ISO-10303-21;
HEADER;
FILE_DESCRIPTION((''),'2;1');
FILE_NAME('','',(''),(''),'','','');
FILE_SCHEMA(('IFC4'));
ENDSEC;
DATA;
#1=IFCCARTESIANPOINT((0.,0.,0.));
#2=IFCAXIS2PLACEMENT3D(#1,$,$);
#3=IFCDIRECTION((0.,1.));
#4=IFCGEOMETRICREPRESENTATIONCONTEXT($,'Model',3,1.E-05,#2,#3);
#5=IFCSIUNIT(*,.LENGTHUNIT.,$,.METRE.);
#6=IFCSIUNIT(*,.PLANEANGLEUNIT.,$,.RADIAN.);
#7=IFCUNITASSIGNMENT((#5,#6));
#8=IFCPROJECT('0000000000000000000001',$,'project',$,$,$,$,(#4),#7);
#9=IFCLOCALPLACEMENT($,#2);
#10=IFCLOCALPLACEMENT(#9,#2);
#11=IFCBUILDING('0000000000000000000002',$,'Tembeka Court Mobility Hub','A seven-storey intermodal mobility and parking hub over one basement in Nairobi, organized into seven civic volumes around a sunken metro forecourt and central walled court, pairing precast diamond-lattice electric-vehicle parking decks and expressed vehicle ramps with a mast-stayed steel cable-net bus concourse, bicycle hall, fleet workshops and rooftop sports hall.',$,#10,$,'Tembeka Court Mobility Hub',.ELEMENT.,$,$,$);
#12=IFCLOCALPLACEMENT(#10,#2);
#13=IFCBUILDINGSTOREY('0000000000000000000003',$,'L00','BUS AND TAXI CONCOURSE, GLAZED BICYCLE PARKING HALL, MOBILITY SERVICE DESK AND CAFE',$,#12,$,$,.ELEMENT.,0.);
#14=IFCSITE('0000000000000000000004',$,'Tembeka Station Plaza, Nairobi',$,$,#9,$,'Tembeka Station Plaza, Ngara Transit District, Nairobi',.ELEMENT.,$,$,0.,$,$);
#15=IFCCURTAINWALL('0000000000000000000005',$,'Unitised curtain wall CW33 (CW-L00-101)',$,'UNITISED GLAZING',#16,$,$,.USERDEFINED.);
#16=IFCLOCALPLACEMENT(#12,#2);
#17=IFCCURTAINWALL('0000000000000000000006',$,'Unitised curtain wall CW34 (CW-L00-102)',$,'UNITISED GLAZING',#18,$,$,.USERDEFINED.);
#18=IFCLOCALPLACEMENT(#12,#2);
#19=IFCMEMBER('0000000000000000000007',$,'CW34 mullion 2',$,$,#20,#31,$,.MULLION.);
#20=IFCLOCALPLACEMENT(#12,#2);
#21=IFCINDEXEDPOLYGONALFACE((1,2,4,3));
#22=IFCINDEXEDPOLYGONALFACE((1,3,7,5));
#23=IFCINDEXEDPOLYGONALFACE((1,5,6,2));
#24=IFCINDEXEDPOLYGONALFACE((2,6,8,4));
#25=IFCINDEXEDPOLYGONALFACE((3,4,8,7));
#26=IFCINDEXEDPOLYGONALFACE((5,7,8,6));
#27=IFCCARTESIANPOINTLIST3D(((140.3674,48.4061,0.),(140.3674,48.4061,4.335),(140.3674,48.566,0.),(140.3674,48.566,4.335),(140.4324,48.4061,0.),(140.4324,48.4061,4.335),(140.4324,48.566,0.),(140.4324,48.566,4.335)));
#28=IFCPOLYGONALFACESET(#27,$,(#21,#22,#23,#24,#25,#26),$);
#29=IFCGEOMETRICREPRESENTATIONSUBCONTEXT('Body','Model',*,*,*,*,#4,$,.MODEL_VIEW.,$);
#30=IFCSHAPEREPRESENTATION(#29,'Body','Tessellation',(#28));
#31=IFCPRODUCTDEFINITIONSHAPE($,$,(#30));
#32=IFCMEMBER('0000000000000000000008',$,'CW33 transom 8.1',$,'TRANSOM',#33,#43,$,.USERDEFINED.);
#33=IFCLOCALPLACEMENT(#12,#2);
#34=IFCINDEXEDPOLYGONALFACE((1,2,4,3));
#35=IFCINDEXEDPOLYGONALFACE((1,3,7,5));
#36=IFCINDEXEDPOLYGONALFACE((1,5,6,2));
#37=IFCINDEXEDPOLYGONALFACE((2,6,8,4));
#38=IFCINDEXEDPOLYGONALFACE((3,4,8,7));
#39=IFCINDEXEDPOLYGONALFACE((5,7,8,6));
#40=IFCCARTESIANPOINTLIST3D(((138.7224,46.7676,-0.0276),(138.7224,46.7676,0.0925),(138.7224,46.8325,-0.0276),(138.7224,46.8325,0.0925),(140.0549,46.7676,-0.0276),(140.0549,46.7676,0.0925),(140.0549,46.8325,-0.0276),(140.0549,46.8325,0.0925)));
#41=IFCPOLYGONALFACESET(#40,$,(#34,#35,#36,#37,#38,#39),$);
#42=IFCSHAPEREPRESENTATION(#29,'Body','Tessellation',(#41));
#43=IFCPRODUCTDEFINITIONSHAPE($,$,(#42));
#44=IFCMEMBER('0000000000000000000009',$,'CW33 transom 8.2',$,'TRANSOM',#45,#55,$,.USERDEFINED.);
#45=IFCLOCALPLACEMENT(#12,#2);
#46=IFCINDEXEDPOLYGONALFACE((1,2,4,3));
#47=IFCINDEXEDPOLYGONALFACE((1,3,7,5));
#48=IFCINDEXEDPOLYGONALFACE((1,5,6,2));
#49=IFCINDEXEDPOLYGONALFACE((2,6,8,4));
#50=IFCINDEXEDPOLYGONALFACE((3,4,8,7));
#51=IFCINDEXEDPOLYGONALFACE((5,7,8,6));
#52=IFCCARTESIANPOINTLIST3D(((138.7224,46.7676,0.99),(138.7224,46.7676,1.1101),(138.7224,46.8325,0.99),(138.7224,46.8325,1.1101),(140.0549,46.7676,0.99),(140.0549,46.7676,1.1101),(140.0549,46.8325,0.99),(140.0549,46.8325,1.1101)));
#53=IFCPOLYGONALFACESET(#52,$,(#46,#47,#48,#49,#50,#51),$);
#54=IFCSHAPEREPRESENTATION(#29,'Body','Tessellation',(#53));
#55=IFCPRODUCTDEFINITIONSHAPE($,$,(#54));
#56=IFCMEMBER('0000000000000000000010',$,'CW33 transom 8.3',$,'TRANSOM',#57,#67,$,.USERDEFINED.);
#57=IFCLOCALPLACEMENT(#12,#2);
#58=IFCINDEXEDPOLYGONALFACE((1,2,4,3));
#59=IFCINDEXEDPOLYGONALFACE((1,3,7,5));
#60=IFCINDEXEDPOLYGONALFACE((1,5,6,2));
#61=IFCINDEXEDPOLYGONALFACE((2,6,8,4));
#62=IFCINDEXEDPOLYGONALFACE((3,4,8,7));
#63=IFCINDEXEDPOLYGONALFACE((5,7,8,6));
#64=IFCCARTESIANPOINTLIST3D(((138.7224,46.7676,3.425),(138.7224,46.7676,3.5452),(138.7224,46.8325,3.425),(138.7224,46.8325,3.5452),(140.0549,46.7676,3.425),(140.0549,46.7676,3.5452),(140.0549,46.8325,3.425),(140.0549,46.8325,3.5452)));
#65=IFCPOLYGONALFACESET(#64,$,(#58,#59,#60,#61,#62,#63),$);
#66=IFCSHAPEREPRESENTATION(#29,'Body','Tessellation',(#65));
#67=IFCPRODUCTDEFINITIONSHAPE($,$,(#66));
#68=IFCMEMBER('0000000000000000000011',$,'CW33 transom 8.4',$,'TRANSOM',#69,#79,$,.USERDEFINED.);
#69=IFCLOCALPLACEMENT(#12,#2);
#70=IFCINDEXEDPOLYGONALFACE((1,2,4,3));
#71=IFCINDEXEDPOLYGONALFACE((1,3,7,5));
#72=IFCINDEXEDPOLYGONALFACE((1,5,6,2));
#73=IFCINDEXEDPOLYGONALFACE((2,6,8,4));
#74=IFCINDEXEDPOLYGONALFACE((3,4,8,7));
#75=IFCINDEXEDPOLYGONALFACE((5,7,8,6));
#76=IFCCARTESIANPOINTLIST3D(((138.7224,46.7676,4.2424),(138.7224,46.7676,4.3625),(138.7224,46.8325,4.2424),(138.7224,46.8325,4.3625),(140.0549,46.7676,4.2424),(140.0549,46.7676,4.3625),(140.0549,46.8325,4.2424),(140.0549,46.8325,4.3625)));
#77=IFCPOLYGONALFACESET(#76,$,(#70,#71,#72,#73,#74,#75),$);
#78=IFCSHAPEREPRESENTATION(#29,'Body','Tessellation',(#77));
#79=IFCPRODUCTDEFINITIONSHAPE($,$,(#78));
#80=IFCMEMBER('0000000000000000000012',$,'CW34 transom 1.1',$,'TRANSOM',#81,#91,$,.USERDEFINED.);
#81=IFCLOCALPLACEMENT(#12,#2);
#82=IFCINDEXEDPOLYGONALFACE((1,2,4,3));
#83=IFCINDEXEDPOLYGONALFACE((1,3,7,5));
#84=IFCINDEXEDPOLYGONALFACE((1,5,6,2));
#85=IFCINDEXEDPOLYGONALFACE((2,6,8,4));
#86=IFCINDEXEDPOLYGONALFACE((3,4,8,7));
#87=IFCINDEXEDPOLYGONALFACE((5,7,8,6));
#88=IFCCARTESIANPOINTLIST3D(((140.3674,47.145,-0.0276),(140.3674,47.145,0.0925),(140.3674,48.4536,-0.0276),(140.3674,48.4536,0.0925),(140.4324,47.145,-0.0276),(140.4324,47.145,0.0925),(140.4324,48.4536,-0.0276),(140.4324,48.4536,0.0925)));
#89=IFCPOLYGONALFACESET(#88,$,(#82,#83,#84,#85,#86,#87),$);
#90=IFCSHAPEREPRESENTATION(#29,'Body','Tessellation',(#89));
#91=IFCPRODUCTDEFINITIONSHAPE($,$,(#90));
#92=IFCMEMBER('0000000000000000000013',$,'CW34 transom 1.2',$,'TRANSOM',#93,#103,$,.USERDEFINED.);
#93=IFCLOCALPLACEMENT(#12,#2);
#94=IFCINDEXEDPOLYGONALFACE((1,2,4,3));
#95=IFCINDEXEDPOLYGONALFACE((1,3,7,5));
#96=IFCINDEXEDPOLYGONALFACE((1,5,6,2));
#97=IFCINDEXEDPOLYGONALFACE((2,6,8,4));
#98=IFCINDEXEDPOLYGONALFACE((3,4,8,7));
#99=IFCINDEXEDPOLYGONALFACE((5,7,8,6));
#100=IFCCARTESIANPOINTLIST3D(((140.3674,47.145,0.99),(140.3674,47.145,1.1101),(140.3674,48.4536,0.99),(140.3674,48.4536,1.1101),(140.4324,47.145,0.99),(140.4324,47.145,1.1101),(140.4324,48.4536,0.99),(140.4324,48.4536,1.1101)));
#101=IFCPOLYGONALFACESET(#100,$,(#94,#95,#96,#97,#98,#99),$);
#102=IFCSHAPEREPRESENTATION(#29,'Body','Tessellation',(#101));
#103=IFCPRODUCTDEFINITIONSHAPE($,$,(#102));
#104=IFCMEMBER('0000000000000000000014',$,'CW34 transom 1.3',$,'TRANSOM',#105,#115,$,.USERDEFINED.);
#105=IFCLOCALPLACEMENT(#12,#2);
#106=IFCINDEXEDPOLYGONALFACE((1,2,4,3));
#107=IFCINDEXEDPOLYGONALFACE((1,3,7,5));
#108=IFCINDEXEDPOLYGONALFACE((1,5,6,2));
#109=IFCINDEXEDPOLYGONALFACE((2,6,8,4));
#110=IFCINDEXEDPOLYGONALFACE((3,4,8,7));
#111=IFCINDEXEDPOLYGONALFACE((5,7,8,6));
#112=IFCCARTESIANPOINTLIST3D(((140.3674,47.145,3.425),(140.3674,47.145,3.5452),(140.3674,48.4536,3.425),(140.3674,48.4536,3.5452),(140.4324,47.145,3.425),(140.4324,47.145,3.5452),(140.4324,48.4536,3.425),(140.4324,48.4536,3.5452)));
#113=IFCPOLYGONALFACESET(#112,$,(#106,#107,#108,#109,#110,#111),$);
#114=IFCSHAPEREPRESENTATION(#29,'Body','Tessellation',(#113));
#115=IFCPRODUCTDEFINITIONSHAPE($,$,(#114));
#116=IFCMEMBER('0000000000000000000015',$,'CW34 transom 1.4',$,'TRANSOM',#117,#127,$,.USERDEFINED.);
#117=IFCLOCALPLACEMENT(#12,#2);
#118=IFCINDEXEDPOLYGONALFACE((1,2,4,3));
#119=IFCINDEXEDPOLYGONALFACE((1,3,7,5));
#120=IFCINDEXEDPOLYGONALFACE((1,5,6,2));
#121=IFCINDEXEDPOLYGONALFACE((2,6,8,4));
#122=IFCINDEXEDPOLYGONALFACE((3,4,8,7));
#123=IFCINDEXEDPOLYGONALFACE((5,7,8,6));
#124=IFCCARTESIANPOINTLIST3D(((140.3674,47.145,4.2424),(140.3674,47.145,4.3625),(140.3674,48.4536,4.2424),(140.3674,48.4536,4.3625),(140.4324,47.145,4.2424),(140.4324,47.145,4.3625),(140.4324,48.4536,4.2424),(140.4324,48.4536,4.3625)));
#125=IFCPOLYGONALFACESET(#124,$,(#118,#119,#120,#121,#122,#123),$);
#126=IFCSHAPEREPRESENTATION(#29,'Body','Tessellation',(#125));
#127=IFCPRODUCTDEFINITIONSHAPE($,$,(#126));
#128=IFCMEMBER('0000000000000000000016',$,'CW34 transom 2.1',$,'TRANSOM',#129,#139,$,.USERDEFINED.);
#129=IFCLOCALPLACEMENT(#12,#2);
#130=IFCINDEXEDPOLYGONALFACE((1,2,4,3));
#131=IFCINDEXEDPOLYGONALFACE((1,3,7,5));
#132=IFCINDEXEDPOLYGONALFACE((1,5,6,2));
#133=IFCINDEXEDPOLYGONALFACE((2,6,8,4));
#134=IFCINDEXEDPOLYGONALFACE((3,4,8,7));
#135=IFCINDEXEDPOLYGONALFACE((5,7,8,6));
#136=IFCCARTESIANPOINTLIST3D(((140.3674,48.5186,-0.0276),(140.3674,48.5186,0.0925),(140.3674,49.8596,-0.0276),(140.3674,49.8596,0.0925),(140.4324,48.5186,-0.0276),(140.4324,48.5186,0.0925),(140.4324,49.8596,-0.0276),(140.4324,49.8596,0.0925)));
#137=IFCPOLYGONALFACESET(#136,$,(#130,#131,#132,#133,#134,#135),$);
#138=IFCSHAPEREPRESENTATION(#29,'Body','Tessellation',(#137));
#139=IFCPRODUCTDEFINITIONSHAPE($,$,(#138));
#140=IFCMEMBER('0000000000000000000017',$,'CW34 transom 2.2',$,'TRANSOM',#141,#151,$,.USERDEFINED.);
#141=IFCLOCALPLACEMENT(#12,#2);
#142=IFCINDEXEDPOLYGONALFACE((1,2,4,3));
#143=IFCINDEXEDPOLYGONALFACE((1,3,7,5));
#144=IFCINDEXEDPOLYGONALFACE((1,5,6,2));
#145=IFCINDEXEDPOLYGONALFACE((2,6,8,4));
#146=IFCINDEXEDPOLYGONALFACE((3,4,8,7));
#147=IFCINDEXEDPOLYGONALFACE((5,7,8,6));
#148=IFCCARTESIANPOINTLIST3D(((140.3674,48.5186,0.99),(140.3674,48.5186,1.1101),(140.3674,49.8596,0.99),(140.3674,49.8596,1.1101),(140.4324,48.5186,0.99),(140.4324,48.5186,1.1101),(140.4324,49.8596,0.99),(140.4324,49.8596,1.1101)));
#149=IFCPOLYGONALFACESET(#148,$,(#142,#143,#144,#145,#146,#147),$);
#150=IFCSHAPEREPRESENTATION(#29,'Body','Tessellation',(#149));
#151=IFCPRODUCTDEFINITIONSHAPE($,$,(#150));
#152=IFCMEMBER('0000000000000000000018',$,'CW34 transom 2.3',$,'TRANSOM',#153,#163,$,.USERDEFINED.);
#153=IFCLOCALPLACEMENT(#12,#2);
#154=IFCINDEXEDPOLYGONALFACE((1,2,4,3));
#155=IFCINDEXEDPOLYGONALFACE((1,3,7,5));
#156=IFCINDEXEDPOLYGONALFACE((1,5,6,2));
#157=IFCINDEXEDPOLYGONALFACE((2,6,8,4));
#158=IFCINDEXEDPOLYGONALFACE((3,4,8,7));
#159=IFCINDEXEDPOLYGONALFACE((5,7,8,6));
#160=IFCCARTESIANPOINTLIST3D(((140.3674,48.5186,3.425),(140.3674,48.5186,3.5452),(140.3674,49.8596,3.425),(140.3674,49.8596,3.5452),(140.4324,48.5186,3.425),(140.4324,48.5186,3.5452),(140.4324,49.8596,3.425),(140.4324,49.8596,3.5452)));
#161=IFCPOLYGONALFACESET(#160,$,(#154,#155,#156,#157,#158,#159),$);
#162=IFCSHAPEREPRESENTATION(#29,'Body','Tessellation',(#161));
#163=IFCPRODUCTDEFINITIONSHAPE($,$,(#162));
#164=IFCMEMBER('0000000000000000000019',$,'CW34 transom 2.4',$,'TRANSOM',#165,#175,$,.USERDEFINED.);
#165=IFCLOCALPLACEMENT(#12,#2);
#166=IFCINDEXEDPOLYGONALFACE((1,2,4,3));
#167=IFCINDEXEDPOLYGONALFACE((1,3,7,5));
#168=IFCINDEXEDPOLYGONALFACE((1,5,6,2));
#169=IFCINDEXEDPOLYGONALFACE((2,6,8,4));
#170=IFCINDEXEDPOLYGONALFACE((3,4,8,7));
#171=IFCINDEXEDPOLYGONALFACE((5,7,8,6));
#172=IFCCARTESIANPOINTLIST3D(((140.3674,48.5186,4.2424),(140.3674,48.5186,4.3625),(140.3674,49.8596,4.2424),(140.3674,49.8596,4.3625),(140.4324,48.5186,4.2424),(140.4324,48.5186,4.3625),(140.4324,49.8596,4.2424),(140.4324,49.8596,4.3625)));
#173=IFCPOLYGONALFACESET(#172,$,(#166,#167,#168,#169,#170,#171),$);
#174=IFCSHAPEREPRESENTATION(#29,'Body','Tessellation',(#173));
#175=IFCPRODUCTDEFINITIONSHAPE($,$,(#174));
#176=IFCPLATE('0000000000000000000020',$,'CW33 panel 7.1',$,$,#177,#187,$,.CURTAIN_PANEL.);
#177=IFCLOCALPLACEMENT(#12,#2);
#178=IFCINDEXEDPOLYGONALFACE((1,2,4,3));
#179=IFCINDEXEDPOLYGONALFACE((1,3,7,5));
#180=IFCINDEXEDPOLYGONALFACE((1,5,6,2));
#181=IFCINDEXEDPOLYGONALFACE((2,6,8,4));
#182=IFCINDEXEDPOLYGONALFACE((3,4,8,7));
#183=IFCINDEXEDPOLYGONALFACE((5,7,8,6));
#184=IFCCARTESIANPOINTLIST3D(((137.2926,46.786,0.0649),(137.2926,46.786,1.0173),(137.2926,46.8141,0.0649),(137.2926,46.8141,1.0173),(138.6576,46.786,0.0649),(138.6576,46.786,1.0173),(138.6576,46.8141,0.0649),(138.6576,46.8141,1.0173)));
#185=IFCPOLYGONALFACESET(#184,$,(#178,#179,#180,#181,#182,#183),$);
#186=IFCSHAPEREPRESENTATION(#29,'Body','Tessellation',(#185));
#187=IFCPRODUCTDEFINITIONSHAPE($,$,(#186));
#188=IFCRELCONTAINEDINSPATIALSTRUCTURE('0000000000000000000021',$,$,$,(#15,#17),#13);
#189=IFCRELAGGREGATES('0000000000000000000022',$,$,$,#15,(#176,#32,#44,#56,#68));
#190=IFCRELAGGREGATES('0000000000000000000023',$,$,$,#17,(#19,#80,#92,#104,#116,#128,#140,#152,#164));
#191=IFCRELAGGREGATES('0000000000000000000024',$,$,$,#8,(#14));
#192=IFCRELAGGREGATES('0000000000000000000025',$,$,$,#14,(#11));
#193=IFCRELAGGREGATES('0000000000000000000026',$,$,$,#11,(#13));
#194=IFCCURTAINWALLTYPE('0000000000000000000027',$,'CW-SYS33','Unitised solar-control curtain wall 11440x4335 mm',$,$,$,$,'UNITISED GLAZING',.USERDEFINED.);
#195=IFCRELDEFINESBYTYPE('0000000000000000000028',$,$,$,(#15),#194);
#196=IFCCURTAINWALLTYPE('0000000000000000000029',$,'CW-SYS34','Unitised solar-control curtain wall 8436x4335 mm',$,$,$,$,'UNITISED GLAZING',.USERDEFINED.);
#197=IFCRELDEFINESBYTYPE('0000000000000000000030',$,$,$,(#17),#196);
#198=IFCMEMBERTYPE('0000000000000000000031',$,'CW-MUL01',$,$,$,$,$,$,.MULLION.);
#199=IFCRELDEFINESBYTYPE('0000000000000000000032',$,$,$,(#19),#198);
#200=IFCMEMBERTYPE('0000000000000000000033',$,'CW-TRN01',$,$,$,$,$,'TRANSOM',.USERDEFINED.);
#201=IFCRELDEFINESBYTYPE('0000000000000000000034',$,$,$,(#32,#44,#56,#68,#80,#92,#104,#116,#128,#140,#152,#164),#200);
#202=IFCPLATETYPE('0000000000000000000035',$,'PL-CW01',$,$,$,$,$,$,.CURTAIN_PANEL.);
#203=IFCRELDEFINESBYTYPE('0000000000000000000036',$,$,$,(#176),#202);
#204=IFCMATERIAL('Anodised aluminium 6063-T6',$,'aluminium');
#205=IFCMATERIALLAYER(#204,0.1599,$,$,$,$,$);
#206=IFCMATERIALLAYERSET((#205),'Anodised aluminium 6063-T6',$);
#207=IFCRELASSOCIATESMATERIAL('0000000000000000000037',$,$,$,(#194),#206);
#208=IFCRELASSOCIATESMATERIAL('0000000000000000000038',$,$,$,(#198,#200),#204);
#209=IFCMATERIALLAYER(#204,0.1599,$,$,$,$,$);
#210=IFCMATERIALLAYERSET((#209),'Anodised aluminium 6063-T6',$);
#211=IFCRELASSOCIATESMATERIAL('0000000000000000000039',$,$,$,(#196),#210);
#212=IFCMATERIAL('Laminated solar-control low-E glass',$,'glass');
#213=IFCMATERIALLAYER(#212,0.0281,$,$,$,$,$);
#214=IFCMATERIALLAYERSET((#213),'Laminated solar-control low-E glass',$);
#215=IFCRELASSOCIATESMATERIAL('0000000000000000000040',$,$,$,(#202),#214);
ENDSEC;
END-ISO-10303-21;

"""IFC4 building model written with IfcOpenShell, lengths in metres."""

from ifc_helpers import new_model, si_unit, direction, frame, origin, origin_2d, place, context, subcontext, project, spatial, rectangle, extrude, material, layer, layer_set, material_profile, profile_set, type_object, element, aggregate, save


model = new_model("IFC4")

# Units and contexts
model_context = context("Model", 3, precision=1e-05, world=origin(), true_north=direction((0.0, 1.0)))
body_context = subcontext(model_context, "Body", "Model", "MODEL_VIEW")
ifc_project = project(units=[si_unit("LENGTHUNIT", "METRE"), si_unit("PLANEANGLEUNIT", "RADIAN")], contexts=[model_context])

# Site, building, storey
site_placement = place(None, origin())
site = spatial("IfcSite", under=ifc_project, at=site_placement, Name="Tembeka Station Plaza, Nairobi", LongName="Tembeka Station Plaza, Ngara Transit District, Nairobi", CompositionType="ELEMENT", RefElevation=0.0)
building_placement = place(site_placement, origin())
building = spatial("IfcBuilding", under=site, at=building_placement, Name="Tembeka Court Mobility Hub", Description="A seven-storey intermodal mobility and parking hub over one basement in Nairobi, organized into seven civic volumes around a sunken metro forecourt and central walled court, pairing precast diamond-lattice electric-vehicle parking decks and expressed vehicle ramps with a mast-stayed steel cable-net bus concourse, bicycle hall, fleet workshops and rooftop sports hall.", LongName="Tembeka Court Mobility Hub", CompositionType="ELEMENT")
storey_placement = place(building_placement, origin())
storey = spatial("IfcBuildingStorey", under=building, at=storey_placement, Name="L00", Description="BUS AND TAXI CONCOURSE, GLAZED BICYCLE PARKING HALL, MOBILITY SERVICE DESK AND CAFE", CompositionType="ELEMENT", Elevation=0.0)

# Curtain walls, member
ifc_material_1 = material(Name="Anodised aluminium 6063-T6", Category="aluminium")
ifc_layer_1 = layer(ifc_material_1, 0.1599)
ifc_layer_set_1 = layer_set([ifc_layer_1], Name="Anodised aluminium 6063-T6")
curtain_wall_type_1 = type_object("IfcCurtainWallType", Name="CW-SYS33", Description="Unitised solar-control curtain wall 11440x4335 mm", ElementType="UNITISED GLAZING", PredefinedType="USERDEFINED", material=ifc_layer_set_1)
curtain_wall_1_placement = place(storey_placement, origin())
curtain_wall_1 = element("IfcCurtainWall", 1, at=curtain_wall_1_placement, inside=storey, type_object=curtain_wall_type_1, Name="Unitised curtain wall CW33 (CW-L00-101)", ObjectType="UNITISED GLAZING", PredefinedType="USERDEFINED")
ifc_material_profile_1 = material_profile(ifc_material_1, rectangle(XDim=0.0649, YDim=0.1599, at=origin_2d()), Name="ALU-MUL 65x160")
ifc_profile_set_1 = profile_set([ifc_material_profile_1], Name="Anodised aluminium 6063-T6")
member_type_1 = type_object("IfcMemberType", Name="CW-MUL01", PredefinedType="MULLION", material=ifc_profile_set_1)
ifc_layer_2 = layer(ifc_material_1, 0.1599)
ifc_layer_set_2 = layer_set([ifc_layer_2], Name="Anodised aluminium 6063-T6")
curtain_wall_type_2 = type_object("IfcCurtainWallType", Name="CW-SYS34", Description="Unitised solar-control curtain wall 8436x4335 mm", ElementType="UNITISED GLAZING", PredefinedType="USERDEFINED", material=ifc_layer_set_2)
curtain_wall_2_placement = place(storey_placement, origin())
curtain_wall_2 = element("IfcCurtainWall", 2, at=curtain_wall_2_placement, inside=storey, type_object=curtain_wall_type_2, Name="Unitised curtain wall CW34 (CW-L00-102)", ObjectType="UNITISED GLAZING", PredefinedType="USERDEFINED")
member_1_placement = place(storey_placement, frame((140.3999, 48.4861, 0.0), z_axis=(0.0, 0.0, 1.0), x_axis=(-1.0, 0.0, 0.0)))
member_1 = element("IfcMember", 3, at=member_1_placement, type_object=member_type_1, Name="CW34 mullion 2", PredefinedType="MULLION", context=body_context, shape_type="SweptSolid", body=[
    extrude(rectangle(XDim=0.0649, YDim=0.1599, at=origin_2d()), origin(), (0.0, 0.0, 1.0), 4.335),
])

# Members
ifc_material_profile_2 = material_profile(ifc_material_1, rectangle(XDim=0.0649, YDim=0.1201, at=origin_2d()), Name="ALU-TRN 65x120")
ifc_profile_set_2 = profile_set([ifc_material_profile_2], Name="Anodised aluminium 6063-T6")
member_type_2 = type_object("IfcMemberType", Name="CW-TRN01", ElementType="TRANSOM", PredefinedType="USERDEFINED", material=ifc_profile_set_2)
member_2_placement = place(storey_placement, frame((138.7224, 46.8, 0.0325), z_axis=(1.0, 0.0, 0.0), x_axis=(0.0, 1.0, 0.0)))
member_2 = element("IfcMember", 4, at=member_2_placement, type_object=member_type_2, Name="CW33 transom 8.1", ObjectType="TRANSOM", PredefinedType="USERDEFINED", context=body_context, shape_type="SweptSolid", body=[
    extrude(rectangle(XDim=0.0649, YDim=0.1201, at=origin_2d()), origin(), (0.0, 0.0, 1.0), 1.3325),
])
member_3_placement = place(storey_placement, frame((138.7224, 46.8, 1.05), z_axis=(1.0, 0.0, 0.0), x_axis=(0.0, 1.0, 0.0)))
member_3 = element("IfcMember", 5, at=member_3_placement, type_object=member_type_2, Name="CW33 transom 8.2", ObjectType="TRANSOM", PredefinedType="USERDEFINED", context=body_context, shape_type="SweptSolid", body=[
    extrude(rectangle(XDim=0.0649, YDim=0.1201, at=origin_2d()), origin(), (0.0, 0.0, 1.0), 1.3325),
])
member_4_placement = place(storey_placement, frame((138.7224, 46.8, 3.4851), z_axis=(1.0, 0.0, 0.0), x_axis=(0.0, 1.0, 0.0)))
member_4 = element("IfcMember", 6, at=member_4_placement, type_object=member_type_2, Name="CW33 transom 8.3", ObjectType="TRANSOM", PredefinedType="USERDEFINED", context=body_context, shape_type="SweptSolid", body=[
    extrude(rectangle(XDim=0.0649, YDim=0.1201, at=origin_2d()), origin(), (0.0, 0.0, 1.0), 1.3325),
])
member_5_placement = place(storey_placement, frame((138.7224, 46.8, 4.3025), z_axis=(1.0, 0.0, 0.0), x_axis=(0.0, 1.0, 0.0)))
member_5 = element("IfcMember", 7, at=member_5_placement, type_object=member_type_2, Name="CW33 transom 8.4", ObjectType="TRANSOM", PredefinedType="USERDEFINED", context=body_context, shape_type="SweptSolid", body=[
    extrude(rectangle(XDim=0.0649, YDim=0.1201, at=origin_2d()), origin(), (0.0, 0.0, 1.0), 1.3325),
])
member_6_placement = place(storey_placement, frame((140.3999, 47.145, 0.0325), z_axis=(0.0, 1.0, 0.0), x_axis=(-1.0, 0.0, 0.0)))
member_6 = element("IfcMember", 8, at=member_6_placement, type_object=member_type_2, Name="CW34 transom 1.1", ObjectType="TRANSOM", PredefinedType="USERDEFINED", context=body_context, shape_type="SweptSolid", body=[
    extrude(rectangle(XDim=0.0649, YDim=0.1201, at=origin_2d()), origin(), (0.0, 0.0, 1.0), 1.3086),
])
member_7_placement = place(storey_placement, frame((140.3999, 47.145, 1.05), z_axis=(0.0, 1.0, 0.0), x_axis=(-1.0, 0.0, 0.0)))
member_7 = element("IfcMember", 9, at=member_7_placement, type_object=member_type_2, Name="CW34 transom 1.2", ObjectType="TRANSOM", PredefinedType="USERDEFINED", context=body_context, shape_type="SweptSolid", body=[
    extrude(rectangle(XDim=0.0649, YDim=0.1201, at=origin_2d()), origin(), (0.0, 0.0, 1.0), 1.3086),
])
member_8_placement = place(storey_placement, frame((140.3999, 47.145, 3.4851), z_axis=(0.0, 1.0, 0.0), x_axis=(-1.0, 0.0, 0.0)))
member_8 = element("IfcMember", 10, at=member_8_placement, type_object=member_type_2, Name="CW34 transom 1.3", ObjectType="TRANSOM", PredefinedType="USERDEFINED", context=body_context, shape_type="SweptSolid", body=[
    extrude(rectangle(XDim=0.0649, YDim=0.1201, at=origin_2d()), origin(), (0.0, 0.0, 1.0), 1.3086),
])
member_9_placement = place(storey_placement, frame((140.3999, 47.145, 4.3025), z_axis=(0.0, 1.0, 0.0), x_axis=(-1.0, 0.0, 0.0)))
member_9 = element("IfcMember", 11, at=member_9_placement, type_object=member_type_2, Name="CW34 transom 1.4", ObjectType="TRANSOM", PredefinedType="USERDEFINED", context=body_context, shape_type="SweptSolid", body=[
    extrude(rectangle(XDim=0.0649, YDim=0.1201, at=origin_2d()), origin(), (0.0, 0.0, 1.0), 1.3086),
])
member_10_placement = place(storey_placement, frame((140.3999, 48.5186, 0.0325), z_axis=(0.0, 1.0, 0.0), x_axis=(-1.0, 0.0, 0.0)))
member_10 = element("IfcMember", 12, at=member_10_placement, type_object=member_type_2, Name="CW34 transom 2.1", ObjectType="TRANSOM", PredefinedType="USERDEFINED", context=body_context, shape_type="SweptSolid", body=[
    extrude(rectangle(XDim=0.0649, YDim=0.1201, at=origin_2d()), origin(), (0.0, 0.0, 1.0), 1.3411),
])
member_11_placement = place(storey_placement, frame((140.3999, 48.5186, 1.05), z_axis=(0.0, 1.0, 0.0), x_axis=(-1.0, 0.0, 0.0)))
member_11 = element("IfcMember", 13, at=member_11_placement, type_object=member_type_2, Name="CW34 transom 2.2", ObjectType="TRANSOM", PredefinedType="USERDEFINED", context=body_context, shape_type="SweptSolid", body=[
    extrude(rectangle(XDim=0.0649, YDim=0.1201, at=origin_2d()), origin(), (0.0, 0.0, 1.0), 1.3411),
])
member_12_placement = place(storey_placement, frame((140.3999, 48.5186, 3.4851), z_axis=(0.0, 1.0, 0.0), x_axis=(-1.0, 0.0, 0.0)))
member_12 = element("IfcMember", 14, at=member_12_placement, type_object=member_type_2, Name="CW34 transom 2.3", ObjectType="TRANSOM", PredefinedType="USERDEFINED", context=body_context, shape_type="SweptSolid", body=[
    extrude(rectangle(XDim=0.0649, YDim=0.1201, at=origin_2d()), origin(), (0.0, 0.0, 1.0), 1.3411),
])
member_13_placement = place(storey_placement, frame((140.3999, 48.5186, 4.3025), z_axis=(0.0, 1.0, 0.0), x_axis=(-1.0, 0.0, 0.0)))
member_13 = element("IfcMember", 15, at=member_13_placement, type_object=member_type_2, Name="CW34 transom 2.4", ObjectType="TRANSOM", PredefinedType="USERDEFINED", context=body_context, shape_type="SweptSolid", body=[
    extrude(rectangle(XDim=0.0649, YDim=0.1201, at=origin_2d()), origin(), (0.0, 0.0, 1.0), 1.3411),
])

# Plate
ifc_material_2 = material(Name="Laminated solar-control low-E glass", Category="glass")
ifc_layer_3 = layer(ifc_material_2, 0.0281)
ifc_layer_set_3 = layer_set([ifc_layer_3], Name="Laminated solar-control low-E glass")
plate_type = type_object("IfcPlateType", Name="PL-CW01", PredefinedType="CURTAIN_PANEL", material=ifc_layer_set_3)
plate_1_placement = place(storey_placement, frame((137.9751, 46.8, 0.0649), z_axis=(0.0, 0.0, 1.0), x_axis=(1.0, 0.0, 0.0)))
plate_1 = element("IfcPlate", 16, at=plate_1_placement, type_object=plate_type, Name="CW33 panel 7.1", PredefinedType="CURTAIN_PANEL", context=body_context, shape_type="SweptSolid", body=[
    extrude(rectangle(XDim=1.365, YDim=0.0281, at=origin_2d()), origin(), (0.0, 0.0, 1.0), 0.9524),
])
aggregate(curtain_wall_1, [plate_1, member_2, member_3, member_4, member_5])
aggregate(curtain_wall_2, [member_1, member_6, member_7, member_8, member_9, member_10, member_11, member_12, member_13])

save(model, "model.ifc")
